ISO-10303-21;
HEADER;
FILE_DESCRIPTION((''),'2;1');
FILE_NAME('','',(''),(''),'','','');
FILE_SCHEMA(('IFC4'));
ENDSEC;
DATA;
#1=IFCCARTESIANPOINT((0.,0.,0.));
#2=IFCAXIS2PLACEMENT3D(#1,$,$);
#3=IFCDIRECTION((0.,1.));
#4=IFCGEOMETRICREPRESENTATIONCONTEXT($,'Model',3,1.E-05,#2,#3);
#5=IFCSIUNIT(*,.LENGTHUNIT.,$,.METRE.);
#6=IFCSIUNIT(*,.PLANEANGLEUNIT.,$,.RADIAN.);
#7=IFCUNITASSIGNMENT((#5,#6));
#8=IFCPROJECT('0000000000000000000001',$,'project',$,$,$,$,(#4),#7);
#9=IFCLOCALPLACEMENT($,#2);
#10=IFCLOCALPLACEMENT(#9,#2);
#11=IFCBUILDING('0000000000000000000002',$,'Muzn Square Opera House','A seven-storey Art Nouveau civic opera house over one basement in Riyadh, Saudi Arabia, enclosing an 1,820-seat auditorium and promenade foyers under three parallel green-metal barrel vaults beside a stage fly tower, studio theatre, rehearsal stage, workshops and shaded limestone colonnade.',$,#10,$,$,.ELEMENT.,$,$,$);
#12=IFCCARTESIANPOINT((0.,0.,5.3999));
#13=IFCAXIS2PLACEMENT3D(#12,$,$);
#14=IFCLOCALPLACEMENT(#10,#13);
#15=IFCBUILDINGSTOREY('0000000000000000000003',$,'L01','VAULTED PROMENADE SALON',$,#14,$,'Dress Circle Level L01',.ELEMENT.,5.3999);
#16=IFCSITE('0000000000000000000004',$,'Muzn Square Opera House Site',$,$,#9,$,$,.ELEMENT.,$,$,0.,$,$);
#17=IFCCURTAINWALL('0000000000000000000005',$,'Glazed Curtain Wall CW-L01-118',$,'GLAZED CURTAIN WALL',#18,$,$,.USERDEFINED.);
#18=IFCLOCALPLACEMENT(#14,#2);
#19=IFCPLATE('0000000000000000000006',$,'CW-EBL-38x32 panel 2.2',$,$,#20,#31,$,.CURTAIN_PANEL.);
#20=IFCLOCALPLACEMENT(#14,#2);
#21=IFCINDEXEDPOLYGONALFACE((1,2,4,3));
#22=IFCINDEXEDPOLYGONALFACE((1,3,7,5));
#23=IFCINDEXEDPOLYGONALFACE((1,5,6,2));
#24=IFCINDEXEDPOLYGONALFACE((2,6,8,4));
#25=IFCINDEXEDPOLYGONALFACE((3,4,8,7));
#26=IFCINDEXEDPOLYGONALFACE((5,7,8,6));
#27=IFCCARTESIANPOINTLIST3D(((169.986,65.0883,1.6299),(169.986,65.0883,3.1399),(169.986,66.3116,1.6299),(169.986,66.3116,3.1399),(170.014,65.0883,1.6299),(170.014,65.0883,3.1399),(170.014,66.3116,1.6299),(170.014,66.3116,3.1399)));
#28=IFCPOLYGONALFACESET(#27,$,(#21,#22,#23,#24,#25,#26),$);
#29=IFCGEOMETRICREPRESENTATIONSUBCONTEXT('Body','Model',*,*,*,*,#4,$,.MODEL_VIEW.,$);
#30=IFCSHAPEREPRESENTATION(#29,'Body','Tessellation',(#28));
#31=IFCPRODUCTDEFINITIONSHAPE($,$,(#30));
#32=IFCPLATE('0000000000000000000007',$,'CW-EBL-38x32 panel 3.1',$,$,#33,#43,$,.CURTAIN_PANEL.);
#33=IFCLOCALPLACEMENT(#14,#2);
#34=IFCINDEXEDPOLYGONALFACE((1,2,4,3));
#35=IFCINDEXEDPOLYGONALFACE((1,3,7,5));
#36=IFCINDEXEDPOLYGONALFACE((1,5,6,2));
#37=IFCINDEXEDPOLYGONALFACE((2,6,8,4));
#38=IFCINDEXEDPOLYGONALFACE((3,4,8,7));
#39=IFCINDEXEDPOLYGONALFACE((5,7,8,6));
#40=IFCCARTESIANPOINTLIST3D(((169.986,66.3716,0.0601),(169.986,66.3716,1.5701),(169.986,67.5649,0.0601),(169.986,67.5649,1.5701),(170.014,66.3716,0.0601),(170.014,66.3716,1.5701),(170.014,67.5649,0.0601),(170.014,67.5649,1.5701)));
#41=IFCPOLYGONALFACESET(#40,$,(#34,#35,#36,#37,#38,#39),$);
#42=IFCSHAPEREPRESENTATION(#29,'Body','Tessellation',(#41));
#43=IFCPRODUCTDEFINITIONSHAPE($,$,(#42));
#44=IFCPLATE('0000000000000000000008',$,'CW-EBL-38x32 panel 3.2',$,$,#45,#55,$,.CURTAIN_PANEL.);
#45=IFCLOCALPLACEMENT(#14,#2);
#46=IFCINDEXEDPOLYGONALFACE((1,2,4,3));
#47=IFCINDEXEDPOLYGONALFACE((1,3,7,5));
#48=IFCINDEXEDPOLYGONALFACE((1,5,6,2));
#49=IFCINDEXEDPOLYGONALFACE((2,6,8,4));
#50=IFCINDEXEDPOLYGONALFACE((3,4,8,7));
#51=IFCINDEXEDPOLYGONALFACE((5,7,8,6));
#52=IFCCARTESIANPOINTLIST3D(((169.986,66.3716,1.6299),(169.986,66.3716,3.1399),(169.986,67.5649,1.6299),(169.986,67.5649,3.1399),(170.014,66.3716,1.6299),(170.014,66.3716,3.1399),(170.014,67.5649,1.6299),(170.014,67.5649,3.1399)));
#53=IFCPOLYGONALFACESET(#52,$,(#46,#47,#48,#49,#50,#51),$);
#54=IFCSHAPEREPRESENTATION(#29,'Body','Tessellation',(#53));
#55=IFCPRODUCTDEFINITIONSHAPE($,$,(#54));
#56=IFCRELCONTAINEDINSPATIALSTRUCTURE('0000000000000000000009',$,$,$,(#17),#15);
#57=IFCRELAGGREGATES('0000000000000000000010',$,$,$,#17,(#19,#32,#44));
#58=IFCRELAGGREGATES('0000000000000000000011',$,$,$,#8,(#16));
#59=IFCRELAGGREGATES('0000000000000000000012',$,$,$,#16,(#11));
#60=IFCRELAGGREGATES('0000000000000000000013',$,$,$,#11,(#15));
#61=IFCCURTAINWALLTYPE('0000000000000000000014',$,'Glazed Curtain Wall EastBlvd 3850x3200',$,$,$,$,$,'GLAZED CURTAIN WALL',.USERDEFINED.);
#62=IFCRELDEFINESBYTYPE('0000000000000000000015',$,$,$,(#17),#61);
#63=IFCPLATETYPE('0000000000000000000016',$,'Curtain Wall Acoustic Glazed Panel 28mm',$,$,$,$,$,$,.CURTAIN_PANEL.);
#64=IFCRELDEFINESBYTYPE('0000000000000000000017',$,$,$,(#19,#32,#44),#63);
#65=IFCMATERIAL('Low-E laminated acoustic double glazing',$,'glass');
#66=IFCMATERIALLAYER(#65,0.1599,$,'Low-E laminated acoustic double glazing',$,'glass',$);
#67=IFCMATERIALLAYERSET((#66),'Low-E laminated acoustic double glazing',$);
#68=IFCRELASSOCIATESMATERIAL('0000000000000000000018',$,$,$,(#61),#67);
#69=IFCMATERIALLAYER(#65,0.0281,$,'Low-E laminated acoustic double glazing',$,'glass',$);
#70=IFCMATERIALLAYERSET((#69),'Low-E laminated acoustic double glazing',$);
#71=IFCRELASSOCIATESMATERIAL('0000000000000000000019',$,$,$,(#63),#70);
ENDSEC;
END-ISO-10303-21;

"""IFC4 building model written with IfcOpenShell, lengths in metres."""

from ifc_helpers import new_model, si_unit, direction, frame, origin, origin_2d, place, context, subcontext, project, spatial, rectangle, extrude, material, layer, layer_set, type_object, element, aggregate, save


model = new_model("IFC4")

# Units and contexts
model_context = context("Model", 3, precision=1e-05, world=origin(), true_north=direction((0.0, 1.0)))
body_context = subcontext(model_context, "Body", "Model", "MODEL_VIEW")
ifc_project = project(units=[si_unit("LENGTHUNIT", "METRE"), si_unit("PLANEANGLEUNIT", "RADIAN")], contexts=[model_context])

# Site, building, storey
site_placement = place(None, origin())
site = spatial("IfcSite", under=ifc_project, at=site_placement, Name="Muzn Square Opera House Site", CompositionType="ELEMENT", RefElevation=0.0)
building_placement = place(site_placement, origin())
building = spatial("IfcBuilding", under=site, at=building_placement, Name="Muzn Square Opera House", Description="A seven-storey Art Nouveau civic opera house over one basement in Riyadh, Saudi Arabia, enclosing an 1,820-seat auditorium and promenade foyers under three parallel green-metal barrel vaults beside a stage fly tower, studio theatre, rehearsal stage, workshops and shaded limestone colonnade.", CompositionType="ELEMENT")
storey_placement = place(building_placement, frame((0.0, 0.0, 5.3999)))
storey = spatial("IfcBuildingStorey", under=building, at=storey_placement, Name="L01", Description="VAULTED PROMENADE SALON", LongName="Dress Circle Level L01", CompositionType="ELEMENT", Elevation=5.3999)

# Curtain wall
ifc_material_1 = material(Name="Low-E laminated acoustic double glazing", Category="glass")
ifc_layer_1 = layer(ifc_material_1, 0.1599, Name="Low-E laminated acoustic double glazing", Category="glass")
ifc_layer_set_1 = layer_set([ifc_layer_1], Name="Low-E laminated acoustic double glazing")
curtain_wall_type = type_object("IfcCurtainWallType", Name="Glazed Curtain Wall EastBlvd 3850x3200", ElementType="GLAZED CURTAIN WALL", PredefinedType="USERDEFINED", material=ifc_layer_set_1)
curtain_wall_placement = place(storey_placement, origin())
curtain_wall = element("IfcCurtainWall", 1, at=curtain_wall_placement, inside=storey, type_object=curtain_wall_type, Name="Glazed Curtain Wall CW-L01-118", ObjectType="GLAZED CURTAIN WALL", PredefinedType="USERDEFINED")

# Plates
ifc_layer_2 = layer(ifc_material_1, 0.0281, Name="Low-E laminated acoustic double glazing", Category="glass")
ifc_layer_set_2 = layer_set([ifc_layer_2], Name="Low-E laminated acoustic double glazing")
plate_type = type_object("IfcPlateType", Name="Curtain Wall Acoustic Glazed Panel 28mm", PredefinedType="CURTAIN_PANEL", material=ifc_layer_set_2)
plate_1_placement = place(storey_placement, frame((170.0, 65.7, 1.6299), z_axis=(0.0, 0.0, 1.0), x_axis=(0.0, 1.0, 0.0)))
plate_1 = element("IfcPlate", 2, at=plate_1_placement, type_object=plate_type, Name="CW-EBL-38x32 panel 2.2", PredefinedType="CURTAIN_PANEL", context=body_context, shape_type="SweptSolid", body=[
    extrude(rectangle(XDim=1.2234, YDim=0.0281, at=origin_2d()), origin(), (0.0, 0.0, 1.0), 1.51),
])
plate_2_placement = place(storey_placement, frame((170.0, 66.9683, 0.0601), z_axis=(0.0, 0.0, 1.0), x_axis=(0.0, 1.0, 0.0)))
plate_2 = element("IfcPlate", 3, at=plate_2_placement, type_object=plate_type, Name="CW-EBL-38x32 panel 3.1", PredefinedType="CURTAIN_PANEL", context=body_context, shape_type="SweptSolid", body=[
    extrude(rectangle(XDim=1.1934, YDim=0.0281, at=origin_2d()), origin(), (0.0, 0.0, 1.0), 1.51),
])
plate_3_placement = place(storey_placement, frame((170.0, 66.9683, 1.6299), z_axis=(0.0, 0.0, 1.0), x_axis=(0.0, 1.0, 0.0)))
plate_3 = element("IfcPlate", 4, at=plate_3_placement, type_object=plate_type, Name="CW-EBL-38x32 panel 3.2", PredefinedType="CURTAIN_PANEL", context=body_context, shape_type="SweptSolid", body=[
    extrude(rectangle(XDim=1.1934, YDim=0.0281, at=origin_2d()), origin(), (0.0, 0.0, 1.0), 1.51),
])
aggregate(curtain_wall, [plate_1, plate_2, plate_3])

save(model, "model.ifc")
